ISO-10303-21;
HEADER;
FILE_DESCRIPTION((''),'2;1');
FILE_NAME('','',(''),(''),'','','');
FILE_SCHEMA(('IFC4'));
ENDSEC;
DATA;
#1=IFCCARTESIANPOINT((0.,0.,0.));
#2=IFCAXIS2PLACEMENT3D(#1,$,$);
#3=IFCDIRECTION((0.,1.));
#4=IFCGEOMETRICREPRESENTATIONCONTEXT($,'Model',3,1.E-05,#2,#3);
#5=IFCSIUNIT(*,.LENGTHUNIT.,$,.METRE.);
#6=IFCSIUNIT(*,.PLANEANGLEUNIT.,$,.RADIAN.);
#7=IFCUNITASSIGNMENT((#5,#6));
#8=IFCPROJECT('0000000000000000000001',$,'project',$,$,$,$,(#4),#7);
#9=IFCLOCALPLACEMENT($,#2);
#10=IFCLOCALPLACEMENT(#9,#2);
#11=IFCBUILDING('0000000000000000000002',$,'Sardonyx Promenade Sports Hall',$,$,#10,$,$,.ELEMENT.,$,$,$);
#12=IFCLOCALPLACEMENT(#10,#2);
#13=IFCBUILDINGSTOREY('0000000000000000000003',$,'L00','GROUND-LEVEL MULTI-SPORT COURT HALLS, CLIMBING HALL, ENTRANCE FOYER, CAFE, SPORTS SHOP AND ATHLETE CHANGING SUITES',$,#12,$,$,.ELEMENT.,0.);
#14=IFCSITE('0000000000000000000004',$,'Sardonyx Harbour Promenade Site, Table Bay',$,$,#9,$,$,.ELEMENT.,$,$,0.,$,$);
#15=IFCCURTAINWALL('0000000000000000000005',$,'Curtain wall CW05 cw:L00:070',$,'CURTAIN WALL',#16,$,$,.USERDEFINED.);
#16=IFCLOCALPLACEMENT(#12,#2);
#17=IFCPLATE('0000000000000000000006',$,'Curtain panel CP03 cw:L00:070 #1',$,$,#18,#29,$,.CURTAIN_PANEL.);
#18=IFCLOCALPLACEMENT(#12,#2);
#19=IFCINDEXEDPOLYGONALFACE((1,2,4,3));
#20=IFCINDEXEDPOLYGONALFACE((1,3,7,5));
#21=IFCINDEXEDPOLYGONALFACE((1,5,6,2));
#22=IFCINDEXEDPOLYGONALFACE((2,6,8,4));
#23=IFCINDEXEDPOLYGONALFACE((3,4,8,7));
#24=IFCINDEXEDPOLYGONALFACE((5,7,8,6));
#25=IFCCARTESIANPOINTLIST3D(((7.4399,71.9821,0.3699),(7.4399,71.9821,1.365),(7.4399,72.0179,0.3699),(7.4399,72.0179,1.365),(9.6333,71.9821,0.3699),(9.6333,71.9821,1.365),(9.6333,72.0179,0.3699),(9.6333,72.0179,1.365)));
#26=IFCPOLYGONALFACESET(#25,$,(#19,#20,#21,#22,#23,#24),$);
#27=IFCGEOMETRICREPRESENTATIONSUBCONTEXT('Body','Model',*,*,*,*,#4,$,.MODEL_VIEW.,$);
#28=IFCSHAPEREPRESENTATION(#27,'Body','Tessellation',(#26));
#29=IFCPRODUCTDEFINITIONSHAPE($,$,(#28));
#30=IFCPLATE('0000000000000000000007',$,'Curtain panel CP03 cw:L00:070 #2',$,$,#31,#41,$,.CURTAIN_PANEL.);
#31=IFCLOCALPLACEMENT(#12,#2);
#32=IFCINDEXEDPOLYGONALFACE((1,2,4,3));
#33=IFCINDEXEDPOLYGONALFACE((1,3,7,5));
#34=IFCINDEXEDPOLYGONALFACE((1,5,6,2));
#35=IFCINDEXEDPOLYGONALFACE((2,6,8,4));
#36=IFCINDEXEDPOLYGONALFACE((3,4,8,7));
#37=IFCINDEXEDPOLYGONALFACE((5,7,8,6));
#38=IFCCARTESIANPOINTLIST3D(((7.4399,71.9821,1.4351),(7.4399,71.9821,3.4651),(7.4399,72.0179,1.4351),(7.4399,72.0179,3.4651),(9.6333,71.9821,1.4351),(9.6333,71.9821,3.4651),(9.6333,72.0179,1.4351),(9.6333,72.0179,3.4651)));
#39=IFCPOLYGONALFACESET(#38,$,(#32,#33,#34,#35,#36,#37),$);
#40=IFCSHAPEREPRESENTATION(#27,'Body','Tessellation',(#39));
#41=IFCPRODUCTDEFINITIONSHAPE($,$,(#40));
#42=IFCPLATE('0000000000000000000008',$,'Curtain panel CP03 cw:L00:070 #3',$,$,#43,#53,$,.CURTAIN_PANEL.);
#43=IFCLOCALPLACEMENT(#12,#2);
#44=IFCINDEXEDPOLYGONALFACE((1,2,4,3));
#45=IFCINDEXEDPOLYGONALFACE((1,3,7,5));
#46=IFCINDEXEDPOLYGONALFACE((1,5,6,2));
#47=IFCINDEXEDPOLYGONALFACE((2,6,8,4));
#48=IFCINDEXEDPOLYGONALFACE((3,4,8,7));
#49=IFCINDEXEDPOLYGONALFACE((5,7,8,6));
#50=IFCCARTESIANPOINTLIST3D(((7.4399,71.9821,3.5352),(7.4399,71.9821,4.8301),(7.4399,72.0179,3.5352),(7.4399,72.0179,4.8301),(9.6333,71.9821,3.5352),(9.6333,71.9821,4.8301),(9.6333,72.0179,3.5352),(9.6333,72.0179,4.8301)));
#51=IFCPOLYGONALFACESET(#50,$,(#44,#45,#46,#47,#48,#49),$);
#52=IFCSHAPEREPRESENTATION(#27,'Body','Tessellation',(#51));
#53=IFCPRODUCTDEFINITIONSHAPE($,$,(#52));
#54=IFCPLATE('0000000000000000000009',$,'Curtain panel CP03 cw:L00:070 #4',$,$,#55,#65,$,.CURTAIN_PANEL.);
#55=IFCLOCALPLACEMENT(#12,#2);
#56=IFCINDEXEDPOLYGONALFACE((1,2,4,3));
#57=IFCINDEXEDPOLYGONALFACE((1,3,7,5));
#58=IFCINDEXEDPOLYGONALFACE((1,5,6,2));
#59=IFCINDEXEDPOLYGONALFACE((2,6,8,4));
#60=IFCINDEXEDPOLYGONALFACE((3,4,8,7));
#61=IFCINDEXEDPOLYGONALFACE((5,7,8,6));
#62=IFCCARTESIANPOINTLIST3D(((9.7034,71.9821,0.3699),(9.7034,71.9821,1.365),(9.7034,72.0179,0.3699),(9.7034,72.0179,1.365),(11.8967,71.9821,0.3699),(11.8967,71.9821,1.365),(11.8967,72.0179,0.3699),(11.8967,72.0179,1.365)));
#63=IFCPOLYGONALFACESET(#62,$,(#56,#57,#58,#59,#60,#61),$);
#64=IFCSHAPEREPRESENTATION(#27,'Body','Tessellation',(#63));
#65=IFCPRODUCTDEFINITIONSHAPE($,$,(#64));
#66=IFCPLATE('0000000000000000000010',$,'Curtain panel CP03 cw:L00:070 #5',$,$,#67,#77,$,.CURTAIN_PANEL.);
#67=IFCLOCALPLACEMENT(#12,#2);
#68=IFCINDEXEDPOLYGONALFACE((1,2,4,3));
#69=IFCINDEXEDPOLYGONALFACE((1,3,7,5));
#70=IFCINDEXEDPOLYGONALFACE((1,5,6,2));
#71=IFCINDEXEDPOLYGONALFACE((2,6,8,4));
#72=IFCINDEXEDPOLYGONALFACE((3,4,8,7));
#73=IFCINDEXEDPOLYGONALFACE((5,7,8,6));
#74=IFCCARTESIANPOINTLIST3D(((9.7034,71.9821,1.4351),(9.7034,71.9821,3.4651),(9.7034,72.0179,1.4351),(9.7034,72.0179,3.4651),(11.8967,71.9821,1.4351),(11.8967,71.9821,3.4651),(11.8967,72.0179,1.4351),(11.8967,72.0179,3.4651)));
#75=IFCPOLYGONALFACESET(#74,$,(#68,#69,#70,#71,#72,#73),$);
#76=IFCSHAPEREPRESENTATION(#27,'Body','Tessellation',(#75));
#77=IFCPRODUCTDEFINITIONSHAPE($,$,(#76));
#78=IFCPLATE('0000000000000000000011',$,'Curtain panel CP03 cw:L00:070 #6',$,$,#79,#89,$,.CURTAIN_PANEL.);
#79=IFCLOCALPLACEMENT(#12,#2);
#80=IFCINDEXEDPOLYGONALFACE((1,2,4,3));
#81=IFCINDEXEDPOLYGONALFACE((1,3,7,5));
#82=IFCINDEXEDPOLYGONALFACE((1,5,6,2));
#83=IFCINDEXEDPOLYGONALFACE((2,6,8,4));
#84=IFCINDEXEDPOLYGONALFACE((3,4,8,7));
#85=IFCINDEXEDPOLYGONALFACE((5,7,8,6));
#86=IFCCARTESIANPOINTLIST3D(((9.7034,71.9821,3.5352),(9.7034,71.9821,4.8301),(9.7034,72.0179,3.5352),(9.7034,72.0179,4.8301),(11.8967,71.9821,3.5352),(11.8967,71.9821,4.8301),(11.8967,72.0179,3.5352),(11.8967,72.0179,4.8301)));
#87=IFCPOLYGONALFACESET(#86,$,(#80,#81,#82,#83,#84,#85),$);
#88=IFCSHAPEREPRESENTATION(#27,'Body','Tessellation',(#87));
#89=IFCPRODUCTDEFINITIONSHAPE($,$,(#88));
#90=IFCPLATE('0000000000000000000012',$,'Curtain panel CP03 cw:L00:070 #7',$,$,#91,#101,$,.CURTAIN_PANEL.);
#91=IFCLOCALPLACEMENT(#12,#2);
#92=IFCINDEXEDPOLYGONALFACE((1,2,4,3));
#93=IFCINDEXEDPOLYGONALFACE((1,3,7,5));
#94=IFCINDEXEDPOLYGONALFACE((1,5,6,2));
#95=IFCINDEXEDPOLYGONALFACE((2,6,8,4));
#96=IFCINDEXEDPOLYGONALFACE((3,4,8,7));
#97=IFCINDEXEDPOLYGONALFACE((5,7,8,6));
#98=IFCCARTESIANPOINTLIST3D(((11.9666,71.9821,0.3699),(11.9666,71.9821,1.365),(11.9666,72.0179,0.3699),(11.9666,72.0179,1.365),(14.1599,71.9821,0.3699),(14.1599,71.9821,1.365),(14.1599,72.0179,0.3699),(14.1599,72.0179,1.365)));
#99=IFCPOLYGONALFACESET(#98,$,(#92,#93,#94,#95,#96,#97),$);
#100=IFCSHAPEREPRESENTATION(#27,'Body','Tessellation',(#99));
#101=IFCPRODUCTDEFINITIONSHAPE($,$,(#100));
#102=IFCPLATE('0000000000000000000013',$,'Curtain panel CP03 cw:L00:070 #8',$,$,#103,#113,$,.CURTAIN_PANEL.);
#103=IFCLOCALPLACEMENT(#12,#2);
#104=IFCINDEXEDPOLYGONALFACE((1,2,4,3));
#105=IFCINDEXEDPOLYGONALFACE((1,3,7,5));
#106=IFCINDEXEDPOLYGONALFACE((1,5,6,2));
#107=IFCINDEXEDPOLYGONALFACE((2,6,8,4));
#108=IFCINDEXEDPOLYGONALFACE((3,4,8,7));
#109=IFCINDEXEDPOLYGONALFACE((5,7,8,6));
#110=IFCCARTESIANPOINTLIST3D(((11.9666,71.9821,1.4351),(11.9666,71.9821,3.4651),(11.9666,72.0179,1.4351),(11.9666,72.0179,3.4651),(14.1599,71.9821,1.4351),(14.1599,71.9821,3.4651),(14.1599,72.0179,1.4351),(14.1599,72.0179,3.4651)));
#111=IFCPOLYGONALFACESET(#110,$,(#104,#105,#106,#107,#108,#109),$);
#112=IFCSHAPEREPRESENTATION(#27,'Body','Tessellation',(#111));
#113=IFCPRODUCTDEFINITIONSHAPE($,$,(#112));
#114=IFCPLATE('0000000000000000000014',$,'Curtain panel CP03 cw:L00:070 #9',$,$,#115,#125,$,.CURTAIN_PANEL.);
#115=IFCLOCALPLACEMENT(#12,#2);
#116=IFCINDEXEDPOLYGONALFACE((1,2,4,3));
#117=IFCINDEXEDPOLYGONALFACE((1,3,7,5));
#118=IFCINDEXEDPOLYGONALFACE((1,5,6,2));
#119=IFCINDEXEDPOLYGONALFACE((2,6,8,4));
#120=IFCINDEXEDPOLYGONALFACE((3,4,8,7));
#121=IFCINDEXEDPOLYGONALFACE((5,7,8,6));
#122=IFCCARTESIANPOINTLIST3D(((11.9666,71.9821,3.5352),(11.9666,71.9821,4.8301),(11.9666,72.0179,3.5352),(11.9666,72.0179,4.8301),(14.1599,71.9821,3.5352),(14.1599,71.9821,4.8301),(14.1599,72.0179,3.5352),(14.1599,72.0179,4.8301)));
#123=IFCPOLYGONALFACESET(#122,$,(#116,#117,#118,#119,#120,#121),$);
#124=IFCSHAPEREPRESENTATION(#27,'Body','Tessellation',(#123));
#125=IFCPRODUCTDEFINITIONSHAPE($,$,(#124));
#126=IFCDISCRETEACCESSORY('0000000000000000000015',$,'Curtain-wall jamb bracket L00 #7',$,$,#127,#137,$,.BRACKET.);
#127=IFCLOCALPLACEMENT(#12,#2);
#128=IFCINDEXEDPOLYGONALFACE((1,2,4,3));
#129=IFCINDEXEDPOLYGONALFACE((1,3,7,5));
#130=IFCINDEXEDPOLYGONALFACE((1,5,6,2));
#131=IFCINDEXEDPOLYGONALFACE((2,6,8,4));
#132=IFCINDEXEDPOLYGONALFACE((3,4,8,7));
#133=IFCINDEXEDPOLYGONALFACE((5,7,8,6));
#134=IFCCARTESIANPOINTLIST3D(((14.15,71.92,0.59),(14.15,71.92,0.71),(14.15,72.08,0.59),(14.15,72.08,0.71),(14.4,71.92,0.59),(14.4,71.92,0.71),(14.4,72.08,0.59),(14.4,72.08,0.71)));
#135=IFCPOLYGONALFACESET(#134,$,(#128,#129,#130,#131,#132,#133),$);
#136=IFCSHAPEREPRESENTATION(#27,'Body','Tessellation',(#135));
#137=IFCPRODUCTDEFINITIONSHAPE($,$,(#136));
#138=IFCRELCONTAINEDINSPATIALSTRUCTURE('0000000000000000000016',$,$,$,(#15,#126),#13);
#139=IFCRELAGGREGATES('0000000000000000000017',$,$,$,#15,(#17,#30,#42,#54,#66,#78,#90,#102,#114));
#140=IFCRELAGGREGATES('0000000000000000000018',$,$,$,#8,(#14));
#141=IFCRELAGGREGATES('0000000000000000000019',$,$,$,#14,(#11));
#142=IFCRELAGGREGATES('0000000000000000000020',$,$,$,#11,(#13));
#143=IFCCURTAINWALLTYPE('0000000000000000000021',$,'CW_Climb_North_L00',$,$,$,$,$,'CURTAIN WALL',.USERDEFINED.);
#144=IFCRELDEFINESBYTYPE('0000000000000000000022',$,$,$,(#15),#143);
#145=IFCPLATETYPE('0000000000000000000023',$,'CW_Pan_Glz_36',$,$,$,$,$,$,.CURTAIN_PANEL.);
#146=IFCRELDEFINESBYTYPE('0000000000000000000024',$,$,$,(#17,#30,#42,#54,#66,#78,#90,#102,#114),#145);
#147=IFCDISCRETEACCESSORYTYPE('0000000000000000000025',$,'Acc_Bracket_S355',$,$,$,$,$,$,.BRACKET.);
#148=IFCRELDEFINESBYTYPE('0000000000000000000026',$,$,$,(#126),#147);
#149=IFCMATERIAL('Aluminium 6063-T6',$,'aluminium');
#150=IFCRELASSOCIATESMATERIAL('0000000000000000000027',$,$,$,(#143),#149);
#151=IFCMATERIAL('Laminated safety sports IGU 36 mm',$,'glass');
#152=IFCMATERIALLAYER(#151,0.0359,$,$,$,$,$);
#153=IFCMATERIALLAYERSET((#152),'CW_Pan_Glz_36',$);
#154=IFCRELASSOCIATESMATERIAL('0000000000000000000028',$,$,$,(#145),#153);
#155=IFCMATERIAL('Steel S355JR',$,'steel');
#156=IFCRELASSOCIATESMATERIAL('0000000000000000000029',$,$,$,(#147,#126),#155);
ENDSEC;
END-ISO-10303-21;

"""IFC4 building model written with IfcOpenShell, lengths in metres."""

from ifc_helpers import new_model, si_unit, direction, frame, origin, origin_2d, place, context, subcontext, project, spatial, rectangle, extrude, material, layer, layer_set, type_object, element, aggregate, save


model = new_model("IFC4")

# Units and contexts
model_context = context("Model", 3, precision=1e-05, world=origin(), true_north=direction((0.0, 1.0)))
body_context = subcontext(model_context, "Body", "Model", "MODEL_VIEW")
ifc_project = project(units=[si_unit("LENGTHUNIT", "METRE"), si_unit("PLANEANGLEUNIT", "RADIAN")], contexts=[model_context])

# Site, building, storey
site_placement = place(None, origin())
site = spatial("IfcSite", under=ifc_project, at=site_placement, Name="Sardonyx Harbour Promenade Site, Table Bay", CompositionType="ELEMENT", RefElevation=0.0)
building_placement = place(site_placement, origin())
building = spatial("IfcBuilding", under=site, at=building_placement, Name="Sardonyx Promenade Sports Hall", CompositionType="ELEMENT")
storey_placement = place(building_placement, origin())
storey = spatial("IfcBuildingStorey", under=building, at=storey_placement, Name="L00", Description="GROUND-LEVEL MULTI-SPORT COURT HALLS, CLIMBING HALL, ENTRANCE FOYER, CAFE, SPORTS SHOP AND ATHLETE CHANGING SUITES", CompositionType="ELEMENT", Elevation=0.0)

# Curtain wall, plates
ifc_material_1 = material(Name="Aluminium 6063-T6", Category="aluminium")
curtain_wall_type = type_object("IfcCurtainWallType", Name="CW_Climb_North_L00", ElementType="CURTAIN WALL", PredefinedType="USERDEFINED", material=ifc_material_1)
curtain_wall_placement = place(storey_placement, origin())
curtain_wall = element("IfcCurtainWall", 1, at=curtain_wall_placement, inside=storey, type_object=curtain_wall_type, Name="Curtain wall CW05 cw:L00:070", ObjectType="CURTAIN WALL", PredefinedType="USERDEFINED")
ifc_material_2 = material(Name="Laminated safety sports IGU 36 mm", Category="glass")
ifc_layer = layer(ifc_material_2, 0.0359)
ifc_layer_set = layer_set([ifc_layer], Name="CW_Pan_Glz_36")
plate_type = type_object("IfcPlateType", Name="CW_Pan_Glz_36", PredefinedType="CURTAIN_PANEL", material=ifc_layer_set)
plate_1_placement = place(storey_placement, frame((8.5366, 72.0, 0.3699), z_axis=(0.0, 0.0, 1.0), x_axis=(1.0, 0.0, 0.0)))
plate_1 = element("IfcPlate", 2, at=plate_1_placement, type_object=plate_type, Name="Curtain panel CP03 cw:L00:070 #1", PredefinedType="CURTAIN_PANEL", context=body_context, shape_type="SweptSolid", body=[
    extrude(rectangle(XDim=2.1934, YDim=0.0359, at=origin_2d()), origin(), (0.0, 0.0, 1.0), 0.9951),
])
plate_2_placement = place(storey_placement, frame((8.5366, 72.0, 1.4351), z_axis=(0.0, 0.0, 1.0), x_axis=(1.0, 0.0, 0.0)))
plate_2 = element("IfcPlate", 3, at=plate_2_placement, type_object=plate_type, Name="Curtain panel CP03 cw:L00:070 #2", PredefinedType="CURTAIN_PANEL", context=body_context, shape_type="SweptSolid", body=[
    extrude(rectangle(XDim=2.1934, YDim=0.0359, at=origin_2d()), origin(), (0.0, 0.0, 1.0), 2.03),
])
plate_3_placement = place(storey_placement, frame((8.5366, 72.0, 3.5352), z_axis=(0.0, 0.0, 1.0), x_axis=(1.0, 0.0, 0.0)))
plate_3 = element("IfcPlate", 4, at=plate_3_placement, type_object=plate_type, Name="Curtain panel CP03 cw:L00:070 #3", PredefinedType="CURTAIN_PANEL", context=body_context, shape_type="SweptSolid", body=[
    extrude(rectangle(XDim=2.1934, YDim=0.0359, at=origin_2d()), origin(), (0.0, 0.0, 1.0), 1.2949),
])
plate_4_placement = place(storey_placement, frame((10.8, 72.0, 0.3699), z_axis=(0.0, 0.0, 1.0), x_axis=(1.0, 0.0, 0.0)))
plate_4 = element("IfcPlate", 5, at=plate_4_placement, type_object=plate_type, Name="Curtain panel CP03 cw:L00:070 #4", PredefinedType="CURTAIN_PANEL", context=body_context, shape_type="SweptSolid", body=[
    extrude(rectangle(XDim=2.1934, YDim=0.0359, at=origin_2d()), origin(), (0.0, 0.0, 1.0), 0.9951),
])
plate_5_placement = place(storey_placement, frame((10.8, 72.0, 1.4351), z_axis=(0.0, 0.0, 1.0), x_axis=(1.0, 0.0, 0.0)))
plate_5 = element("IfcPlate", 6, at=plate_5_placement, type_object=plate_type, Name="Curtain panel CP03 cw:L00:070 #5", PredefinedType="CURTAIN_PANEL", context=body_context, shape_type="SweptSolid", body=[
    extrude(rectangle(XDim=2.1934, YDim=0.0359, at=origin_2d()), origin(), (0.0, 0.0, 1.0), 2.03),
])
plate_6_placement = place(storey_placement, frame((10.8, 72.0, 3.5352), z_axis=(0.0, 0.0, 1.0), x_axis=(1.0, 0.0, 0.0)))
plate_6 = element("IfcPlate", 7, at=plate_6_placement, type_object=plate_type, Name="Curtain panel CP03 cw:L00:070 #6", PredefinedType="CURTAIN_PANEL", context=body_context, shape_type="SweptSolid", body=[
    extrude(rectangle(XDim=2.1934, YDim=0.0359, at=origin_2d()), origin(), (0.0, 0.0, 1.0), 1.2949),
])
plate_7_placement = place(storey_placement, frame((13.0632, 72.0, 0.3699), z_axis=(0.0, 0.0, 1.0), x_axis=(1.0, 0.0, 0.0)))
plate_7 = element("IfcPlate", 8, at=plate_7_placement, type_object=plate_type, Name="Curtain panel CP03 cw:L00:070 #7", PredefinedType="CURTAIN_PANEL", context=body_context, shape_type="SweptSolid", body=[
    extrude(rectangle(XDim=2.1934, YDim=0.0359, at=origin_2d()), origin(), (0.0, 0.0, 1.0), 0.9951),
])
plate_8_placement = place(storey_placement, frame((13.0632, 72.0, 1.4351), z_axis=(0.0, 0.0, 1.0), x_axis=(1.0, 0.0, 0.0)))
plate_8 = element("IfcPlate", 9, at=plate_8_placement, type_object=plate_type, Name="Curtain panel CP03 cw:L00:070 #8", PredefinedType="CURTAIN_PANEL", context=body_context, shape_type="SweptSolid", body=[
    extrude(rectangle(XDim=2.1934, YDim=0.0359, at=origin_2d()), origin(), (0.0, 0.0, 1.0), 2.03),
])
plate_9_placement = place(storey_placement, frame((13.0632, 72.0, 3.5352), z_axis=(0.0, 0.0, 1.0), x_axis=(1.0, 0.0, 0.0)))
plate_9 = element("IfcPlate", 10, at=plate_9_placement, type_object=plate_type, Name="Curtain panel CP03 cw:L00:070 #9", PredefinedType="CURTAIN_PANEL", context=body_context, shape_type="SweptSolid", body=[
    extrude(rectangle(XDim=2.1934, YDim=0.0359, at=origin_2d()), origin(), (0.0, 0.0, 1.0), 1.2949),
])
aggregate(curtain_wall, [plate_1, plate_2, plate_3, plate_4, plate_5, plate_6, plate_7, plate_8, plate_9])

# Discrete accessory
ifc_material_3 = material(Name="Steel S355JR", Category="steel")
discrete_accessory_type = type_object("IfcDiscreteAccessoryType", Name="Acc_Bracket_S355", PredefinedType="BRACKET", material=ifc_material_3)
discrete_accessory_placement = place(storey_placement, frame((14.275, 72.0, 0.59), z_axis=(0.0, 0.0, 1.0), x_axis=(1.0, 0.0, 0.0)))
element("IfcDiscreteAccessory", 11, at=discrete_accessory_placement, inside=storey, type_object=discrete_accessory_type, material=ifc_material_3, Name="Curtain-wall jamb bracket L00 #7", PredefinedType="BRACKET", context=body_context, shape_type="SweptSolid", body=[
    extrude(rectangle(XDim=0.25, YDim=0.16), origin(), (0.0, 0.0, 1.0), 0.12),
])

save(model, "model.ifc")
